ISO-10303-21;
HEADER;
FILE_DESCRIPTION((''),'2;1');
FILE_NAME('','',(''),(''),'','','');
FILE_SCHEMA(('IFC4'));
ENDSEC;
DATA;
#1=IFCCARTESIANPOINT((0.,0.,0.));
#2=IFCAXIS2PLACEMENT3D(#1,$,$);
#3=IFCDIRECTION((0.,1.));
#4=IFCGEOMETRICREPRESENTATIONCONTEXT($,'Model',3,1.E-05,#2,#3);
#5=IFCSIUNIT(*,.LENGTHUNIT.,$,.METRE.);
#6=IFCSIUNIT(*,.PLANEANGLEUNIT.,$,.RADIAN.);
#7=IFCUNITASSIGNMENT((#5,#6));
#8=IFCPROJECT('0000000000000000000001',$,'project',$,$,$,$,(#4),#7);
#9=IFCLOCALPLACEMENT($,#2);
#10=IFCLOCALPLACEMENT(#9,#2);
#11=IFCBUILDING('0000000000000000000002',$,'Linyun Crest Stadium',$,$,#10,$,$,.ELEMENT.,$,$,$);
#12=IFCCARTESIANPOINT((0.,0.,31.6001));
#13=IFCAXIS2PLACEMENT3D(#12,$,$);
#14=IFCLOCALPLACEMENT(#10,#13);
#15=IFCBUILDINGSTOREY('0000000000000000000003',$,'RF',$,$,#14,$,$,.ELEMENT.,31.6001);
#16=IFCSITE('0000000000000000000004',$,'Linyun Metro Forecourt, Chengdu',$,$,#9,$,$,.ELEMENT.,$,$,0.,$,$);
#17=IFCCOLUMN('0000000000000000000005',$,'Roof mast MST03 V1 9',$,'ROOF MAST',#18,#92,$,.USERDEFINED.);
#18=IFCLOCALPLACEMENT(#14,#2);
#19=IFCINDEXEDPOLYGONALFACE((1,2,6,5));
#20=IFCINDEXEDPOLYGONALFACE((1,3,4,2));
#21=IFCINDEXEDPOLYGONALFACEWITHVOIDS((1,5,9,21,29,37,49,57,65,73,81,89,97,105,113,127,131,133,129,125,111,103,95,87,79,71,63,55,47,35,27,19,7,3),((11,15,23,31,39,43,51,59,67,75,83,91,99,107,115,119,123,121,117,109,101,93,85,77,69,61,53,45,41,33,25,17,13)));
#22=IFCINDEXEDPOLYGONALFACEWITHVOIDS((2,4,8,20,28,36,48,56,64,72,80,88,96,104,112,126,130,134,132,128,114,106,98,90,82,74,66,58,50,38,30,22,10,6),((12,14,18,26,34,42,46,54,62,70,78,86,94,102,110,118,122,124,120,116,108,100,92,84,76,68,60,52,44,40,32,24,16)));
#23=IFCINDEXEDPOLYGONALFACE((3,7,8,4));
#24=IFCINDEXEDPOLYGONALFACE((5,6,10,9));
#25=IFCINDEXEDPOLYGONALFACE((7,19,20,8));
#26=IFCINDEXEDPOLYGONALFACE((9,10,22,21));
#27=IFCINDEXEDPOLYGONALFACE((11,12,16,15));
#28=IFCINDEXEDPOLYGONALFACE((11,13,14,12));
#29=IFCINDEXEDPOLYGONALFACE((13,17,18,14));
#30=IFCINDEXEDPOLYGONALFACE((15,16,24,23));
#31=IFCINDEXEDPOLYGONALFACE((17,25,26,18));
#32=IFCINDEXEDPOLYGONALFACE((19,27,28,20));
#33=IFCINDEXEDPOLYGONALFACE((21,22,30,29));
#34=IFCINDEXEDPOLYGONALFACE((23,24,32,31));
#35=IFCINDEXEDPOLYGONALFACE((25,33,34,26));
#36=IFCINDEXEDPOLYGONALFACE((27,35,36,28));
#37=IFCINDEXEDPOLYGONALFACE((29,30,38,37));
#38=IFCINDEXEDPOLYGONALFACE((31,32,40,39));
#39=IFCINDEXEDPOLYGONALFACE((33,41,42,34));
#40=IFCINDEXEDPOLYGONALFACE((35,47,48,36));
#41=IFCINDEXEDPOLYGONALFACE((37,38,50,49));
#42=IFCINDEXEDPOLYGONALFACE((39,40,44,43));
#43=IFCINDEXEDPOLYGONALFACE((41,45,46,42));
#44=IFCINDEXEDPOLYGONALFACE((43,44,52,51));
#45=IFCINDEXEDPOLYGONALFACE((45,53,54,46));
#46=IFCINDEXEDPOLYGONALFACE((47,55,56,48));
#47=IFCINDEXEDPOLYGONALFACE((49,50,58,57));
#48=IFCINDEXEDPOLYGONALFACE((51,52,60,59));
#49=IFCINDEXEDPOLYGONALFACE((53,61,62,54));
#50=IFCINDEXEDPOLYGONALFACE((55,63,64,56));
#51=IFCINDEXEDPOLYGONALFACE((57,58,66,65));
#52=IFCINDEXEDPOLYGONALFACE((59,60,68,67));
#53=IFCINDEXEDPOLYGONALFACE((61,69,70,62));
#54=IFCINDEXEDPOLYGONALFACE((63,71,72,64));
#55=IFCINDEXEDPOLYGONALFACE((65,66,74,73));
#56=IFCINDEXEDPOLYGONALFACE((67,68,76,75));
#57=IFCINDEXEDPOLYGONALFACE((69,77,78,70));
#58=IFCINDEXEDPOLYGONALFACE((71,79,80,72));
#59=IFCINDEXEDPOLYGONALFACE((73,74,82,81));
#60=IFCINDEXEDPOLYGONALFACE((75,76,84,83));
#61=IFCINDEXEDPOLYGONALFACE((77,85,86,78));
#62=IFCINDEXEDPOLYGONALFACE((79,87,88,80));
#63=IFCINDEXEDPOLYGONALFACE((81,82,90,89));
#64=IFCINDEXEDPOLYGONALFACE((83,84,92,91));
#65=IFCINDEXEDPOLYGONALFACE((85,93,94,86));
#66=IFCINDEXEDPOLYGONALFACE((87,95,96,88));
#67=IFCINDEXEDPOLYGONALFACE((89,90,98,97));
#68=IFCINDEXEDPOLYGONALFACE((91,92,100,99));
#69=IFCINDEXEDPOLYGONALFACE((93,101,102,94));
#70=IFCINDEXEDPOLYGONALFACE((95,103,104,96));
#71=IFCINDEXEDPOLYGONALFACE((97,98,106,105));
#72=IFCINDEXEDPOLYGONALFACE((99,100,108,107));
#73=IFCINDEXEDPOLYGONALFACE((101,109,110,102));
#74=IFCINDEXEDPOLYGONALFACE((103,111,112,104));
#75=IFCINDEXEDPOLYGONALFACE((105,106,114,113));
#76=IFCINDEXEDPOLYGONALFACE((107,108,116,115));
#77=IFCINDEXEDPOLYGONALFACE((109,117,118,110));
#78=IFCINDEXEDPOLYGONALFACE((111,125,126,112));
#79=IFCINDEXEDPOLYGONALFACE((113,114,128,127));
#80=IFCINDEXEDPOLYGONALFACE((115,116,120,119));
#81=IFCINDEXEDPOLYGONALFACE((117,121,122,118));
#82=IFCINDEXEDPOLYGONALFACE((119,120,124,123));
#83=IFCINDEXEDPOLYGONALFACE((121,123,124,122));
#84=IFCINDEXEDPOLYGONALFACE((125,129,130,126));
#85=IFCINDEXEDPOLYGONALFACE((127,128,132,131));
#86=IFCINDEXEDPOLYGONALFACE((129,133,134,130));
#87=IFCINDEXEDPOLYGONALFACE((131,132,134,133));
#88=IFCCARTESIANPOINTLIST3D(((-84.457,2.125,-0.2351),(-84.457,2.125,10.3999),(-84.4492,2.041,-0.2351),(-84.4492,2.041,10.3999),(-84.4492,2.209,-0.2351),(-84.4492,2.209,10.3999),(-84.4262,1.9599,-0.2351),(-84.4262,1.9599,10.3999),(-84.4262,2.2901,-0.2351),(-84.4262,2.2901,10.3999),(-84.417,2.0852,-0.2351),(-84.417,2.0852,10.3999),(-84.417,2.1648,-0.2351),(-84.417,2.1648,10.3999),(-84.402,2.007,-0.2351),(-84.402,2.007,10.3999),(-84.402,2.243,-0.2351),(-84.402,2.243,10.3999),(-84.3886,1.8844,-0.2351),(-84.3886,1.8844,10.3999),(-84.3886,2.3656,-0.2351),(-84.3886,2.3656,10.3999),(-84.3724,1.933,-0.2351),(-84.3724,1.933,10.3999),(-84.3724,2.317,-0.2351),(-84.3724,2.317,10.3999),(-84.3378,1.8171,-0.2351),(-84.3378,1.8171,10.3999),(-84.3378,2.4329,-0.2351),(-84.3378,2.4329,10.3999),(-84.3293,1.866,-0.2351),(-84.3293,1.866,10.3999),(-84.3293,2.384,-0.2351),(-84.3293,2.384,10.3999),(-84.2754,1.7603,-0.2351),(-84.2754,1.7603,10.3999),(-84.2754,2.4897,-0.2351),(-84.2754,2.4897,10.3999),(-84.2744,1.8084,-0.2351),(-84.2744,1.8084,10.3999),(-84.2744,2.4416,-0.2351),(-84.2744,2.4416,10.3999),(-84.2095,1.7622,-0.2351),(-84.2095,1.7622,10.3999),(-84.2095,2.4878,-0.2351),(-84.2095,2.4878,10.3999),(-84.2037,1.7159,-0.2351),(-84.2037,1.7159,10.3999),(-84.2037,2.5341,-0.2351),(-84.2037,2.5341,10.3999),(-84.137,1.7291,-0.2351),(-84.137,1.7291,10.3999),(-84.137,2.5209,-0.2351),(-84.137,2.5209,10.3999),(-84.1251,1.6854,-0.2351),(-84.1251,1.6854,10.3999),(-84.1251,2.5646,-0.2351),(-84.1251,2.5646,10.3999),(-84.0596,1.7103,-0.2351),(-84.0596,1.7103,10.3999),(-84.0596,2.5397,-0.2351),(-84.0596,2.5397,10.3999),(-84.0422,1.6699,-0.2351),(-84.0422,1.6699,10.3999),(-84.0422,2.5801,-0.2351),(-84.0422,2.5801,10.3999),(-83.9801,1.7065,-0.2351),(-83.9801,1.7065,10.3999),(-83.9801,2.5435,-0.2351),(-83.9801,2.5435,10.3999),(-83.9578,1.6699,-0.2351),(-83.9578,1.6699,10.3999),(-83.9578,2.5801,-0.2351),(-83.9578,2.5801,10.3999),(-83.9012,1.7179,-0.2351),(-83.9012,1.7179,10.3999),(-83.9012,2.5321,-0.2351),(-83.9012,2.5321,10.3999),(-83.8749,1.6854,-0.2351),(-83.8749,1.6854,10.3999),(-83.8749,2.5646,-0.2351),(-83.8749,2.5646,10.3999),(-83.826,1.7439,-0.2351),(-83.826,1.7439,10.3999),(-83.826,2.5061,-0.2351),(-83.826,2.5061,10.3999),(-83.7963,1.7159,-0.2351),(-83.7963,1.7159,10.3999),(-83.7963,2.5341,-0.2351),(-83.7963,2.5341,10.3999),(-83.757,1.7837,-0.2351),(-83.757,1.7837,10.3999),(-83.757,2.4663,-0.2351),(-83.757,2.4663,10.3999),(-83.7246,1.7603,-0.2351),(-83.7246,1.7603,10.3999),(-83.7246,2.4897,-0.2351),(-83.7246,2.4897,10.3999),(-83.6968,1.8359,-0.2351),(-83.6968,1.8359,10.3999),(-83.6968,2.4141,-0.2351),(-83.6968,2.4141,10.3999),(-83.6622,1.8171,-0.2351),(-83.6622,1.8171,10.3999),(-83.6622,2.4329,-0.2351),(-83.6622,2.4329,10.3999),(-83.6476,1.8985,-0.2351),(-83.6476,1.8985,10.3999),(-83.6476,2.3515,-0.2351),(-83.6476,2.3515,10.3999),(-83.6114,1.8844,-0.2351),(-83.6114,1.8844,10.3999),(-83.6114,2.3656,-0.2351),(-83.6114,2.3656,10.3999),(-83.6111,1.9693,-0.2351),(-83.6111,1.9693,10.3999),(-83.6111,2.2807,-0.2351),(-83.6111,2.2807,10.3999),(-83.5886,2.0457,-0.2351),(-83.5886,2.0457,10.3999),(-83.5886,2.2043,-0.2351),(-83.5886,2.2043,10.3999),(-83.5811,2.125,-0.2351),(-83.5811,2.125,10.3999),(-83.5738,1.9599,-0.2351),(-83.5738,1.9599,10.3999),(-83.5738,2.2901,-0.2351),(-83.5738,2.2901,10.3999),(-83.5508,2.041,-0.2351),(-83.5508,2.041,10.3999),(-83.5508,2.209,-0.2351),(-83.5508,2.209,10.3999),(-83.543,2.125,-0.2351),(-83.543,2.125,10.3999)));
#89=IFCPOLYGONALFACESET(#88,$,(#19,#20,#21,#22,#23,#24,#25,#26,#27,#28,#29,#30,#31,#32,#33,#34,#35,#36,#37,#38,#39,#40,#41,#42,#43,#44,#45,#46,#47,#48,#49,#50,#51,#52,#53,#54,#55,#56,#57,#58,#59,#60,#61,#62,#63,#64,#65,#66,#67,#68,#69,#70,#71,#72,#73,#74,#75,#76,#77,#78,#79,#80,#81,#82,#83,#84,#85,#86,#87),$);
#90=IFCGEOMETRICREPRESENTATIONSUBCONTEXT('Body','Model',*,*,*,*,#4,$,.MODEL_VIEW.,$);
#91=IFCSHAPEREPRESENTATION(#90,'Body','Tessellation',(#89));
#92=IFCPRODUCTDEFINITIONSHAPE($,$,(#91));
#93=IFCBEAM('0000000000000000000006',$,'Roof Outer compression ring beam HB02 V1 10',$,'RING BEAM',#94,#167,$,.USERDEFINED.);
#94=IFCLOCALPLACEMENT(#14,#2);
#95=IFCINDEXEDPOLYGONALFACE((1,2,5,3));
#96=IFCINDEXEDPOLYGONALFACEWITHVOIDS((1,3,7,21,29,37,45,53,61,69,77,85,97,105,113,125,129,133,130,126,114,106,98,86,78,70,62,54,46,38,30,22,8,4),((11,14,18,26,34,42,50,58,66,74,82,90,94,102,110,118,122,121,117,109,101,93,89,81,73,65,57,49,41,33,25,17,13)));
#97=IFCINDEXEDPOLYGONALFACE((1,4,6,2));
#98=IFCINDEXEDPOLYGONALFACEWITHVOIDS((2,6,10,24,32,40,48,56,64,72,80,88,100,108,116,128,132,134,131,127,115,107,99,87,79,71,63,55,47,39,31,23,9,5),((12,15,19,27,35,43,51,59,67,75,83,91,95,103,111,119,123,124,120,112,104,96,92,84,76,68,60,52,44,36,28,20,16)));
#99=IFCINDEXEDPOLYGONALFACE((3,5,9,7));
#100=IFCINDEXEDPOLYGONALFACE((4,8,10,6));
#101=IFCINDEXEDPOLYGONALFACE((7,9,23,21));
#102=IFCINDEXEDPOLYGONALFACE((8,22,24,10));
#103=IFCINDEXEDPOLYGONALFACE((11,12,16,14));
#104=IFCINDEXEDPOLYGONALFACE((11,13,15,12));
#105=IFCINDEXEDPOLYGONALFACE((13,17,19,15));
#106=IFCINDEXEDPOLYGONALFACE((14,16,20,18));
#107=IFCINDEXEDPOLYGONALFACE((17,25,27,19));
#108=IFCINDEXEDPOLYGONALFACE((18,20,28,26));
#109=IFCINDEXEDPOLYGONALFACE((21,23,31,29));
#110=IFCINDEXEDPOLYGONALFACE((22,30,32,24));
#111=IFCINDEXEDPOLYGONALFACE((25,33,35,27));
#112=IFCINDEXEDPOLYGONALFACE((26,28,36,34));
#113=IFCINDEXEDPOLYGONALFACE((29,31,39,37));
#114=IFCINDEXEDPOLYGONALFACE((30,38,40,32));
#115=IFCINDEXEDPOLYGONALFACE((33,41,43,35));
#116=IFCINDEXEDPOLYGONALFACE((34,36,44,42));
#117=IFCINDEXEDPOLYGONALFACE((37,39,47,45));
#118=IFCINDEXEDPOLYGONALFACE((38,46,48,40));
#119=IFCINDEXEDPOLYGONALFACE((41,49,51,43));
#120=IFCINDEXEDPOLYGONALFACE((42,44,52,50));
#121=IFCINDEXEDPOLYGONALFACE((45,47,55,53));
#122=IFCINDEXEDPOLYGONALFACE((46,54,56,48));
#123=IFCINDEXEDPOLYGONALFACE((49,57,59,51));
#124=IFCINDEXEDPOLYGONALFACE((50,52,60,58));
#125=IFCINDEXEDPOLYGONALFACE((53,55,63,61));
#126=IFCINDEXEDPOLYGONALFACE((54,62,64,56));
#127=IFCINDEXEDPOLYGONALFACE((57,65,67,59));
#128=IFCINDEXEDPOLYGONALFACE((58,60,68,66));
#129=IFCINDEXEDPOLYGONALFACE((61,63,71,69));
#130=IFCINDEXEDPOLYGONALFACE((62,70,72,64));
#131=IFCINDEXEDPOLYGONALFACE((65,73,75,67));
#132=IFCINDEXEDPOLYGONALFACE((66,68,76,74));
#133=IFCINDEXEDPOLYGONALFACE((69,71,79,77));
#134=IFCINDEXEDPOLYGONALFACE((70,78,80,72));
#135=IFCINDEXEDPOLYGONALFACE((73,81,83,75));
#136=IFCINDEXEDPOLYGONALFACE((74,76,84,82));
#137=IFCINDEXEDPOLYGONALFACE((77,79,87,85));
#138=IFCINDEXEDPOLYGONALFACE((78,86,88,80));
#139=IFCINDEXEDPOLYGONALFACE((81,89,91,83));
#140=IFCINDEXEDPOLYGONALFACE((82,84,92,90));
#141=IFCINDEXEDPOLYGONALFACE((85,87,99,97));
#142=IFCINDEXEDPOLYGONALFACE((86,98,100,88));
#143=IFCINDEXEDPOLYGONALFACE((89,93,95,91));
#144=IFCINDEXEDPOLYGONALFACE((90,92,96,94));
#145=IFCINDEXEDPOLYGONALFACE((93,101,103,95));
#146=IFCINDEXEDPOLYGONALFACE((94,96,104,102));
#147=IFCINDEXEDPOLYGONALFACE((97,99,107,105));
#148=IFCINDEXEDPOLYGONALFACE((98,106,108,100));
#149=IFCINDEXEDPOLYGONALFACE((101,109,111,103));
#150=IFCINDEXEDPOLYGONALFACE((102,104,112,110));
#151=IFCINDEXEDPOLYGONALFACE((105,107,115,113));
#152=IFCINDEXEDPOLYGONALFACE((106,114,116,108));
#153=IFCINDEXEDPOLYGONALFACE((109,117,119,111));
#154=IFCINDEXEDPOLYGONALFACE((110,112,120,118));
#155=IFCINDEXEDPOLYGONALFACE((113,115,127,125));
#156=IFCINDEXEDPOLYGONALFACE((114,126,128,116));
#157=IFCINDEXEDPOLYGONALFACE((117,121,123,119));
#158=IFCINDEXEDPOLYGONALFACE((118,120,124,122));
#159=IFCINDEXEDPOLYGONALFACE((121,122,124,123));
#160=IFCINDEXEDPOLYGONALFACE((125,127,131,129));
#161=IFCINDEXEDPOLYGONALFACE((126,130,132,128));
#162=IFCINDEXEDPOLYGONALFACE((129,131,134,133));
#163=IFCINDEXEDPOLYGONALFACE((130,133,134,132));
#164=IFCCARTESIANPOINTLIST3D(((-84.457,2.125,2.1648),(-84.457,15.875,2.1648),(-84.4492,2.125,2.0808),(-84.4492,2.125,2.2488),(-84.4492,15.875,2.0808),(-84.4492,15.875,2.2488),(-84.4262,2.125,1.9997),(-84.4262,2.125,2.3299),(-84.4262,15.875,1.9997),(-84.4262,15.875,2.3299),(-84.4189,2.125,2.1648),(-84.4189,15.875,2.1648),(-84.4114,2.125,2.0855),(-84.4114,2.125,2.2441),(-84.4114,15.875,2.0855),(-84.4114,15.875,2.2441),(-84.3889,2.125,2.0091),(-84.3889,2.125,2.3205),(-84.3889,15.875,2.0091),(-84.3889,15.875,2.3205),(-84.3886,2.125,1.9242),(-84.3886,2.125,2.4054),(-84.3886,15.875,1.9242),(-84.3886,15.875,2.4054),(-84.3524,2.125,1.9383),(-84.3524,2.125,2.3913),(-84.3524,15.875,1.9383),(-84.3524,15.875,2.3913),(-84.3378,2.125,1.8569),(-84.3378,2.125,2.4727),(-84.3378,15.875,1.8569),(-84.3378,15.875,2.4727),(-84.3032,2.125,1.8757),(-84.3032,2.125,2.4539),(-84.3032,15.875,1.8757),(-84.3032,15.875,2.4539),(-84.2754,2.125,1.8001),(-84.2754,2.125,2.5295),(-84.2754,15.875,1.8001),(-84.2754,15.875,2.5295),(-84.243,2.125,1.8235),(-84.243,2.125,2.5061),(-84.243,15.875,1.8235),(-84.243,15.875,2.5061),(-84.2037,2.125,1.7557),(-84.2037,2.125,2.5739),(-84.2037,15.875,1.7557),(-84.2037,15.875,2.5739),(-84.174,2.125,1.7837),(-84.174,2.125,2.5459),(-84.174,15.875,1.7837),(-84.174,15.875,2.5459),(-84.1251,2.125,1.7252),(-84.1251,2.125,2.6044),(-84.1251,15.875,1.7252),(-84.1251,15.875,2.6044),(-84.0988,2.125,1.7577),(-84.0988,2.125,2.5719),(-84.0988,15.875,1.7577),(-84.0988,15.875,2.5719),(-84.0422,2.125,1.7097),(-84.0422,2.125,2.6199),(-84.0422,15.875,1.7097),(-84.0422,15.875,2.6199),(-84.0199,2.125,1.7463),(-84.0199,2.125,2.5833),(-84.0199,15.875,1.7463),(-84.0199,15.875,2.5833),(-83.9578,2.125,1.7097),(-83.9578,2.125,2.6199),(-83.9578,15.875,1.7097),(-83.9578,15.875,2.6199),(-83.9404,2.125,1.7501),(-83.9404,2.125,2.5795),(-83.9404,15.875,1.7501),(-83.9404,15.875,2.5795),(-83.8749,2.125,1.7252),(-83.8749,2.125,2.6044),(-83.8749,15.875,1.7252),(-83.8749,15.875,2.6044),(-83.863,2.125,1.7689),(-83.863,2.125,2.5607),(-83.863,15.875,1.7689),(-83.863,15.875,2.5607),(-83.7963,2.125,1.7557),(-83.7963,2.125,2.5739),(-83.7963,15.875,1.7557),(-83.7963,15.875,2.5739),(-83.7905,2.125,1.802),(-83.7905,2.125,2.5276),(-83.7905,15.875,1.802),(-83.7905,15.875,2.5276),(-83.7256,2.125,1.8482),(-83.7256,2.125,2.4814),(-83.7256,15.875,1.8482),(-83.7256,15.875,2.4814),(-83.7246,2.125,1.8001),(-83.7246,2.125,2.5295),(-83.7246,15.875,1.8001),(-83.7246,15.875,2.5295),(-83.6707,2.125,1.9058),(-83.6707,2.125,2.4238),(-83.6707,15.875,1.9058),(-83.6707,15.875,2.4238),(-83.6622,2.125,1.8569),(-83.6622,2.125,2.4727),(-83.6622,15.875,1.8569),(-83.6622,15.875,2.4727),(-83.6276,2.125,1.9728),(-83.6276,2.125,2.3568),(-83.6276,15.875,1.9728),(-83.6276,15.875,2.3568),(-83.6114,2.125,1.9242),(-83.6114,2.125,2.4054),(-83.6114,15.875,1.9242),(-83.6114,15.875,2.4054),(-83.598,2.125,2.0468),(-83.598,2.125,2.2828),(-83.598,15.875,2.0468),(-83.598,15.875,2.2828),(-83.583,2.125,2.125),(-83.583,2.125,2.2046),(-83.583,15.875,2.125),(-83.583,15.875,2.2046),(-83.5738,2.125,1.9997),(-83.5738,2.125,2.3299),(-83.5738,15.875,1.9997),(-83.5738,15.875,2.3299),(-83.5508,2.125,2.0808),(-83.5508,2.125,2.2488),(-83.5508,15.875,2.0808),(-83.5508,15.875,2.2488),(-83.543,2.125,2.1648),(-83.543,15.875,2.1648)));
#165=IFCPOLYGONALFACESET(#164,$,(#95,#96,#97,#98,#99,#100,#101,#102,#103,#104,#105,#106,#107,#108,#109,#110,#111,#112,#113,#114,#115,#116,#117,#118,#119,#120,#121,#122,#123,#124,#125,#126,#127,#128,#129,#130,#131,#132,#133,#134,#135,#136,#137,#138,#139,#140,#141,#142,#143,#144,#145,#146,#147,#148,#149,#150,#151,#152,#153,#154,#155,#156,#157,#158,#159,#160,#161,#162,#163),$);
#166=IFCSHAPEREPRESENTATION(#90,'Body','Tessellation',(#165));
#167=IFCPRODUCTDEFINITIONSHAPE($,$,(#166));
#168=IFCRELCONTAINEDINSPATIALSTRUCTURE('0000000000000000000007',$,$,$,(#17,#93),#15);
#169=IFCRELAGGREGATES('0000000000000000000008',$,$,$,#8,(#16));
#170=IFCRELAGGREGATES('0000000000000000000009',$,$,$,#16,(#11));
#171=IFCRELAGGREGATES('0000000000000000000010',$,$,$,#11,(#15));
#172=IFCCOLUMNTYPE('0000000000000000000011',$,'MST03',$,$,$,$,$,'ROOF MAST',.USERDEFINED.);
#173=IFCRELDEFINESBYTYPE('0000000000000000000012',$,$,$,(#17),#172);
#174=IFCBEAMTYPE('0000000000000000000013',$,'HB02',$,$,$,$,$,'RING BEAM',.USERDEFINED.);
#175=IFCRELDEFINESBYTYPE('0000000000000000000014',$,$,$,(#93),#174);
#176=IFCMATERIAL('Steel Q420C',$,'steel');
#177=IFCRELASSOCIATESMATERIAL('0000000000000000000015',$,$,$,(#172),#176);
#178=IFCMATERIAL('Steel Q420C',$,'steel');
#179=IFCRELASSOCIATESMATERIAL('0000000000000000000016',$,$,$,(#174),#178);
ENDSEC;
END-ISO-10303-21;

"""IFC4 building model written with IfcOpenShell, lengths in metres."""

from ifc_helpers import new_model, si_unit, direction, frame, origin, origin_2d, place, context, subcontext, project, spatial, hollow_circle, extrude, material, material_profile, profile_set, type_object, element, save


model = new_model("IFC4")

# Units and contexts
model_context = context("Model", 3, precision=1e-05, world=origin(), true_north=direction((0.0, 1.0)))
body_context = subcontext(model_context, "Body", "Model", "MODEL_VIEW")
ifc_project = project(units=[si_unit("LENGTHUNIT", "METRE"), si_unit("PLANEANGLEUNIT", "RADIAN")], contexts=[model_context])

# Site, building, storey
site_placement = place(None, origin())
site = spatial("IfcSite", under=ifc_project, at=site_placement, Name="Linyun Metro Forecourt, Chengdu", CompositionType="ELEMENT", RefElevation=0.0)
building_placement = place(site_placement, origin())
building = spatial("IfcBuilding", under=site, at=building_placement, Name="Linyun Crest Stadium", CompositionType="ELEMENT")
storey_placement = place(building_placement, frame((0.0, 0.0, 31.6001)))
storey = spatial("IfcBuildingStorey", under=building, at=storey_placement, Name="RF", CompositionType="ELEMENT", Elevation=31.6001)

# Column
ifc_material_1 = material(Name="Steel Q420C", Category="steel")
ifc_material_profile_1 = material_profile(ifc_material_1, hollow_circle(Radius=0.457, WallThickness=0.0381, at=origin_2d()), Name="CHS 914x38")
ifc_profile_set_1 = profile_set([ifc_material_profile_1], Name="Steel Q420C")
column_type = type_object("IfcColumnType", Name="MST03", ElementType="ROOF MAST", PredefinedType="USERDEFINED", material=ifc_profile_set_1)
column_placement = place(storey_placement, frame((-84.0, 2.125, -0.2351), z_axis=(0.0, 0.0, 1.0), x_axis=(1.0, 0.0, 0.0)))
element("IfcColumn", 1, at=column_placement, inside=storey, type_object=column_type, Name="Roof mast MST03 V1 9", ObjectType="ROOF MAST", PredefinedType="USERDEFINED", context=body_context, shape_type="SweptSolid", body=[
    extrude(hollow_circle(Radius=0.457, WallThickness=0.0381, at=origin_2d()), origin(), (0.0, 0.0, 1.0), 10.635),
])

# Beam
ifc_material_2 = material(Name="Steel Q420C", Category="steel")
ifc_material_profile_2 = material_profile(ifc_material_2, hollow_circle(Radius=0.457, WallThickness=0.0381, at=origin_2d()), Name="CHS 914x38")
ifc_profile_set_2 = profile_set([ifc_material_profile_2], Name="Steel Q420C")
beam_type = type_object("IfcBeamType", Name="HB02", ElementType="RING BEAM", PredefinedType="USERDEFINED", material=ifc_profile_set_2)
beam_placement = place(storey_placement, frame((-84.0, 2.125, 2.1648), z_axis=(0.0, 1.0, 0.0), x_axis=(-1.0, 0.0, 0.0)))
element("IfcBeam", 2, at=beam_placement, inside=storey, type_object=beam_type, Name="Roof Outer compression ring beam HB02 V1 10", ObjectType="RING BEAM", PredefinedType="USERDEFINED", context=body_context, shape_type="SweptSolid", body=[
    extrude(hollow_circle(Radius=0.457, WallThickness=0.0381, at=origin_2d()), origin(), (0.0, 0.0, 1.0), 13.75),
])

save(model, "model.ifc")
